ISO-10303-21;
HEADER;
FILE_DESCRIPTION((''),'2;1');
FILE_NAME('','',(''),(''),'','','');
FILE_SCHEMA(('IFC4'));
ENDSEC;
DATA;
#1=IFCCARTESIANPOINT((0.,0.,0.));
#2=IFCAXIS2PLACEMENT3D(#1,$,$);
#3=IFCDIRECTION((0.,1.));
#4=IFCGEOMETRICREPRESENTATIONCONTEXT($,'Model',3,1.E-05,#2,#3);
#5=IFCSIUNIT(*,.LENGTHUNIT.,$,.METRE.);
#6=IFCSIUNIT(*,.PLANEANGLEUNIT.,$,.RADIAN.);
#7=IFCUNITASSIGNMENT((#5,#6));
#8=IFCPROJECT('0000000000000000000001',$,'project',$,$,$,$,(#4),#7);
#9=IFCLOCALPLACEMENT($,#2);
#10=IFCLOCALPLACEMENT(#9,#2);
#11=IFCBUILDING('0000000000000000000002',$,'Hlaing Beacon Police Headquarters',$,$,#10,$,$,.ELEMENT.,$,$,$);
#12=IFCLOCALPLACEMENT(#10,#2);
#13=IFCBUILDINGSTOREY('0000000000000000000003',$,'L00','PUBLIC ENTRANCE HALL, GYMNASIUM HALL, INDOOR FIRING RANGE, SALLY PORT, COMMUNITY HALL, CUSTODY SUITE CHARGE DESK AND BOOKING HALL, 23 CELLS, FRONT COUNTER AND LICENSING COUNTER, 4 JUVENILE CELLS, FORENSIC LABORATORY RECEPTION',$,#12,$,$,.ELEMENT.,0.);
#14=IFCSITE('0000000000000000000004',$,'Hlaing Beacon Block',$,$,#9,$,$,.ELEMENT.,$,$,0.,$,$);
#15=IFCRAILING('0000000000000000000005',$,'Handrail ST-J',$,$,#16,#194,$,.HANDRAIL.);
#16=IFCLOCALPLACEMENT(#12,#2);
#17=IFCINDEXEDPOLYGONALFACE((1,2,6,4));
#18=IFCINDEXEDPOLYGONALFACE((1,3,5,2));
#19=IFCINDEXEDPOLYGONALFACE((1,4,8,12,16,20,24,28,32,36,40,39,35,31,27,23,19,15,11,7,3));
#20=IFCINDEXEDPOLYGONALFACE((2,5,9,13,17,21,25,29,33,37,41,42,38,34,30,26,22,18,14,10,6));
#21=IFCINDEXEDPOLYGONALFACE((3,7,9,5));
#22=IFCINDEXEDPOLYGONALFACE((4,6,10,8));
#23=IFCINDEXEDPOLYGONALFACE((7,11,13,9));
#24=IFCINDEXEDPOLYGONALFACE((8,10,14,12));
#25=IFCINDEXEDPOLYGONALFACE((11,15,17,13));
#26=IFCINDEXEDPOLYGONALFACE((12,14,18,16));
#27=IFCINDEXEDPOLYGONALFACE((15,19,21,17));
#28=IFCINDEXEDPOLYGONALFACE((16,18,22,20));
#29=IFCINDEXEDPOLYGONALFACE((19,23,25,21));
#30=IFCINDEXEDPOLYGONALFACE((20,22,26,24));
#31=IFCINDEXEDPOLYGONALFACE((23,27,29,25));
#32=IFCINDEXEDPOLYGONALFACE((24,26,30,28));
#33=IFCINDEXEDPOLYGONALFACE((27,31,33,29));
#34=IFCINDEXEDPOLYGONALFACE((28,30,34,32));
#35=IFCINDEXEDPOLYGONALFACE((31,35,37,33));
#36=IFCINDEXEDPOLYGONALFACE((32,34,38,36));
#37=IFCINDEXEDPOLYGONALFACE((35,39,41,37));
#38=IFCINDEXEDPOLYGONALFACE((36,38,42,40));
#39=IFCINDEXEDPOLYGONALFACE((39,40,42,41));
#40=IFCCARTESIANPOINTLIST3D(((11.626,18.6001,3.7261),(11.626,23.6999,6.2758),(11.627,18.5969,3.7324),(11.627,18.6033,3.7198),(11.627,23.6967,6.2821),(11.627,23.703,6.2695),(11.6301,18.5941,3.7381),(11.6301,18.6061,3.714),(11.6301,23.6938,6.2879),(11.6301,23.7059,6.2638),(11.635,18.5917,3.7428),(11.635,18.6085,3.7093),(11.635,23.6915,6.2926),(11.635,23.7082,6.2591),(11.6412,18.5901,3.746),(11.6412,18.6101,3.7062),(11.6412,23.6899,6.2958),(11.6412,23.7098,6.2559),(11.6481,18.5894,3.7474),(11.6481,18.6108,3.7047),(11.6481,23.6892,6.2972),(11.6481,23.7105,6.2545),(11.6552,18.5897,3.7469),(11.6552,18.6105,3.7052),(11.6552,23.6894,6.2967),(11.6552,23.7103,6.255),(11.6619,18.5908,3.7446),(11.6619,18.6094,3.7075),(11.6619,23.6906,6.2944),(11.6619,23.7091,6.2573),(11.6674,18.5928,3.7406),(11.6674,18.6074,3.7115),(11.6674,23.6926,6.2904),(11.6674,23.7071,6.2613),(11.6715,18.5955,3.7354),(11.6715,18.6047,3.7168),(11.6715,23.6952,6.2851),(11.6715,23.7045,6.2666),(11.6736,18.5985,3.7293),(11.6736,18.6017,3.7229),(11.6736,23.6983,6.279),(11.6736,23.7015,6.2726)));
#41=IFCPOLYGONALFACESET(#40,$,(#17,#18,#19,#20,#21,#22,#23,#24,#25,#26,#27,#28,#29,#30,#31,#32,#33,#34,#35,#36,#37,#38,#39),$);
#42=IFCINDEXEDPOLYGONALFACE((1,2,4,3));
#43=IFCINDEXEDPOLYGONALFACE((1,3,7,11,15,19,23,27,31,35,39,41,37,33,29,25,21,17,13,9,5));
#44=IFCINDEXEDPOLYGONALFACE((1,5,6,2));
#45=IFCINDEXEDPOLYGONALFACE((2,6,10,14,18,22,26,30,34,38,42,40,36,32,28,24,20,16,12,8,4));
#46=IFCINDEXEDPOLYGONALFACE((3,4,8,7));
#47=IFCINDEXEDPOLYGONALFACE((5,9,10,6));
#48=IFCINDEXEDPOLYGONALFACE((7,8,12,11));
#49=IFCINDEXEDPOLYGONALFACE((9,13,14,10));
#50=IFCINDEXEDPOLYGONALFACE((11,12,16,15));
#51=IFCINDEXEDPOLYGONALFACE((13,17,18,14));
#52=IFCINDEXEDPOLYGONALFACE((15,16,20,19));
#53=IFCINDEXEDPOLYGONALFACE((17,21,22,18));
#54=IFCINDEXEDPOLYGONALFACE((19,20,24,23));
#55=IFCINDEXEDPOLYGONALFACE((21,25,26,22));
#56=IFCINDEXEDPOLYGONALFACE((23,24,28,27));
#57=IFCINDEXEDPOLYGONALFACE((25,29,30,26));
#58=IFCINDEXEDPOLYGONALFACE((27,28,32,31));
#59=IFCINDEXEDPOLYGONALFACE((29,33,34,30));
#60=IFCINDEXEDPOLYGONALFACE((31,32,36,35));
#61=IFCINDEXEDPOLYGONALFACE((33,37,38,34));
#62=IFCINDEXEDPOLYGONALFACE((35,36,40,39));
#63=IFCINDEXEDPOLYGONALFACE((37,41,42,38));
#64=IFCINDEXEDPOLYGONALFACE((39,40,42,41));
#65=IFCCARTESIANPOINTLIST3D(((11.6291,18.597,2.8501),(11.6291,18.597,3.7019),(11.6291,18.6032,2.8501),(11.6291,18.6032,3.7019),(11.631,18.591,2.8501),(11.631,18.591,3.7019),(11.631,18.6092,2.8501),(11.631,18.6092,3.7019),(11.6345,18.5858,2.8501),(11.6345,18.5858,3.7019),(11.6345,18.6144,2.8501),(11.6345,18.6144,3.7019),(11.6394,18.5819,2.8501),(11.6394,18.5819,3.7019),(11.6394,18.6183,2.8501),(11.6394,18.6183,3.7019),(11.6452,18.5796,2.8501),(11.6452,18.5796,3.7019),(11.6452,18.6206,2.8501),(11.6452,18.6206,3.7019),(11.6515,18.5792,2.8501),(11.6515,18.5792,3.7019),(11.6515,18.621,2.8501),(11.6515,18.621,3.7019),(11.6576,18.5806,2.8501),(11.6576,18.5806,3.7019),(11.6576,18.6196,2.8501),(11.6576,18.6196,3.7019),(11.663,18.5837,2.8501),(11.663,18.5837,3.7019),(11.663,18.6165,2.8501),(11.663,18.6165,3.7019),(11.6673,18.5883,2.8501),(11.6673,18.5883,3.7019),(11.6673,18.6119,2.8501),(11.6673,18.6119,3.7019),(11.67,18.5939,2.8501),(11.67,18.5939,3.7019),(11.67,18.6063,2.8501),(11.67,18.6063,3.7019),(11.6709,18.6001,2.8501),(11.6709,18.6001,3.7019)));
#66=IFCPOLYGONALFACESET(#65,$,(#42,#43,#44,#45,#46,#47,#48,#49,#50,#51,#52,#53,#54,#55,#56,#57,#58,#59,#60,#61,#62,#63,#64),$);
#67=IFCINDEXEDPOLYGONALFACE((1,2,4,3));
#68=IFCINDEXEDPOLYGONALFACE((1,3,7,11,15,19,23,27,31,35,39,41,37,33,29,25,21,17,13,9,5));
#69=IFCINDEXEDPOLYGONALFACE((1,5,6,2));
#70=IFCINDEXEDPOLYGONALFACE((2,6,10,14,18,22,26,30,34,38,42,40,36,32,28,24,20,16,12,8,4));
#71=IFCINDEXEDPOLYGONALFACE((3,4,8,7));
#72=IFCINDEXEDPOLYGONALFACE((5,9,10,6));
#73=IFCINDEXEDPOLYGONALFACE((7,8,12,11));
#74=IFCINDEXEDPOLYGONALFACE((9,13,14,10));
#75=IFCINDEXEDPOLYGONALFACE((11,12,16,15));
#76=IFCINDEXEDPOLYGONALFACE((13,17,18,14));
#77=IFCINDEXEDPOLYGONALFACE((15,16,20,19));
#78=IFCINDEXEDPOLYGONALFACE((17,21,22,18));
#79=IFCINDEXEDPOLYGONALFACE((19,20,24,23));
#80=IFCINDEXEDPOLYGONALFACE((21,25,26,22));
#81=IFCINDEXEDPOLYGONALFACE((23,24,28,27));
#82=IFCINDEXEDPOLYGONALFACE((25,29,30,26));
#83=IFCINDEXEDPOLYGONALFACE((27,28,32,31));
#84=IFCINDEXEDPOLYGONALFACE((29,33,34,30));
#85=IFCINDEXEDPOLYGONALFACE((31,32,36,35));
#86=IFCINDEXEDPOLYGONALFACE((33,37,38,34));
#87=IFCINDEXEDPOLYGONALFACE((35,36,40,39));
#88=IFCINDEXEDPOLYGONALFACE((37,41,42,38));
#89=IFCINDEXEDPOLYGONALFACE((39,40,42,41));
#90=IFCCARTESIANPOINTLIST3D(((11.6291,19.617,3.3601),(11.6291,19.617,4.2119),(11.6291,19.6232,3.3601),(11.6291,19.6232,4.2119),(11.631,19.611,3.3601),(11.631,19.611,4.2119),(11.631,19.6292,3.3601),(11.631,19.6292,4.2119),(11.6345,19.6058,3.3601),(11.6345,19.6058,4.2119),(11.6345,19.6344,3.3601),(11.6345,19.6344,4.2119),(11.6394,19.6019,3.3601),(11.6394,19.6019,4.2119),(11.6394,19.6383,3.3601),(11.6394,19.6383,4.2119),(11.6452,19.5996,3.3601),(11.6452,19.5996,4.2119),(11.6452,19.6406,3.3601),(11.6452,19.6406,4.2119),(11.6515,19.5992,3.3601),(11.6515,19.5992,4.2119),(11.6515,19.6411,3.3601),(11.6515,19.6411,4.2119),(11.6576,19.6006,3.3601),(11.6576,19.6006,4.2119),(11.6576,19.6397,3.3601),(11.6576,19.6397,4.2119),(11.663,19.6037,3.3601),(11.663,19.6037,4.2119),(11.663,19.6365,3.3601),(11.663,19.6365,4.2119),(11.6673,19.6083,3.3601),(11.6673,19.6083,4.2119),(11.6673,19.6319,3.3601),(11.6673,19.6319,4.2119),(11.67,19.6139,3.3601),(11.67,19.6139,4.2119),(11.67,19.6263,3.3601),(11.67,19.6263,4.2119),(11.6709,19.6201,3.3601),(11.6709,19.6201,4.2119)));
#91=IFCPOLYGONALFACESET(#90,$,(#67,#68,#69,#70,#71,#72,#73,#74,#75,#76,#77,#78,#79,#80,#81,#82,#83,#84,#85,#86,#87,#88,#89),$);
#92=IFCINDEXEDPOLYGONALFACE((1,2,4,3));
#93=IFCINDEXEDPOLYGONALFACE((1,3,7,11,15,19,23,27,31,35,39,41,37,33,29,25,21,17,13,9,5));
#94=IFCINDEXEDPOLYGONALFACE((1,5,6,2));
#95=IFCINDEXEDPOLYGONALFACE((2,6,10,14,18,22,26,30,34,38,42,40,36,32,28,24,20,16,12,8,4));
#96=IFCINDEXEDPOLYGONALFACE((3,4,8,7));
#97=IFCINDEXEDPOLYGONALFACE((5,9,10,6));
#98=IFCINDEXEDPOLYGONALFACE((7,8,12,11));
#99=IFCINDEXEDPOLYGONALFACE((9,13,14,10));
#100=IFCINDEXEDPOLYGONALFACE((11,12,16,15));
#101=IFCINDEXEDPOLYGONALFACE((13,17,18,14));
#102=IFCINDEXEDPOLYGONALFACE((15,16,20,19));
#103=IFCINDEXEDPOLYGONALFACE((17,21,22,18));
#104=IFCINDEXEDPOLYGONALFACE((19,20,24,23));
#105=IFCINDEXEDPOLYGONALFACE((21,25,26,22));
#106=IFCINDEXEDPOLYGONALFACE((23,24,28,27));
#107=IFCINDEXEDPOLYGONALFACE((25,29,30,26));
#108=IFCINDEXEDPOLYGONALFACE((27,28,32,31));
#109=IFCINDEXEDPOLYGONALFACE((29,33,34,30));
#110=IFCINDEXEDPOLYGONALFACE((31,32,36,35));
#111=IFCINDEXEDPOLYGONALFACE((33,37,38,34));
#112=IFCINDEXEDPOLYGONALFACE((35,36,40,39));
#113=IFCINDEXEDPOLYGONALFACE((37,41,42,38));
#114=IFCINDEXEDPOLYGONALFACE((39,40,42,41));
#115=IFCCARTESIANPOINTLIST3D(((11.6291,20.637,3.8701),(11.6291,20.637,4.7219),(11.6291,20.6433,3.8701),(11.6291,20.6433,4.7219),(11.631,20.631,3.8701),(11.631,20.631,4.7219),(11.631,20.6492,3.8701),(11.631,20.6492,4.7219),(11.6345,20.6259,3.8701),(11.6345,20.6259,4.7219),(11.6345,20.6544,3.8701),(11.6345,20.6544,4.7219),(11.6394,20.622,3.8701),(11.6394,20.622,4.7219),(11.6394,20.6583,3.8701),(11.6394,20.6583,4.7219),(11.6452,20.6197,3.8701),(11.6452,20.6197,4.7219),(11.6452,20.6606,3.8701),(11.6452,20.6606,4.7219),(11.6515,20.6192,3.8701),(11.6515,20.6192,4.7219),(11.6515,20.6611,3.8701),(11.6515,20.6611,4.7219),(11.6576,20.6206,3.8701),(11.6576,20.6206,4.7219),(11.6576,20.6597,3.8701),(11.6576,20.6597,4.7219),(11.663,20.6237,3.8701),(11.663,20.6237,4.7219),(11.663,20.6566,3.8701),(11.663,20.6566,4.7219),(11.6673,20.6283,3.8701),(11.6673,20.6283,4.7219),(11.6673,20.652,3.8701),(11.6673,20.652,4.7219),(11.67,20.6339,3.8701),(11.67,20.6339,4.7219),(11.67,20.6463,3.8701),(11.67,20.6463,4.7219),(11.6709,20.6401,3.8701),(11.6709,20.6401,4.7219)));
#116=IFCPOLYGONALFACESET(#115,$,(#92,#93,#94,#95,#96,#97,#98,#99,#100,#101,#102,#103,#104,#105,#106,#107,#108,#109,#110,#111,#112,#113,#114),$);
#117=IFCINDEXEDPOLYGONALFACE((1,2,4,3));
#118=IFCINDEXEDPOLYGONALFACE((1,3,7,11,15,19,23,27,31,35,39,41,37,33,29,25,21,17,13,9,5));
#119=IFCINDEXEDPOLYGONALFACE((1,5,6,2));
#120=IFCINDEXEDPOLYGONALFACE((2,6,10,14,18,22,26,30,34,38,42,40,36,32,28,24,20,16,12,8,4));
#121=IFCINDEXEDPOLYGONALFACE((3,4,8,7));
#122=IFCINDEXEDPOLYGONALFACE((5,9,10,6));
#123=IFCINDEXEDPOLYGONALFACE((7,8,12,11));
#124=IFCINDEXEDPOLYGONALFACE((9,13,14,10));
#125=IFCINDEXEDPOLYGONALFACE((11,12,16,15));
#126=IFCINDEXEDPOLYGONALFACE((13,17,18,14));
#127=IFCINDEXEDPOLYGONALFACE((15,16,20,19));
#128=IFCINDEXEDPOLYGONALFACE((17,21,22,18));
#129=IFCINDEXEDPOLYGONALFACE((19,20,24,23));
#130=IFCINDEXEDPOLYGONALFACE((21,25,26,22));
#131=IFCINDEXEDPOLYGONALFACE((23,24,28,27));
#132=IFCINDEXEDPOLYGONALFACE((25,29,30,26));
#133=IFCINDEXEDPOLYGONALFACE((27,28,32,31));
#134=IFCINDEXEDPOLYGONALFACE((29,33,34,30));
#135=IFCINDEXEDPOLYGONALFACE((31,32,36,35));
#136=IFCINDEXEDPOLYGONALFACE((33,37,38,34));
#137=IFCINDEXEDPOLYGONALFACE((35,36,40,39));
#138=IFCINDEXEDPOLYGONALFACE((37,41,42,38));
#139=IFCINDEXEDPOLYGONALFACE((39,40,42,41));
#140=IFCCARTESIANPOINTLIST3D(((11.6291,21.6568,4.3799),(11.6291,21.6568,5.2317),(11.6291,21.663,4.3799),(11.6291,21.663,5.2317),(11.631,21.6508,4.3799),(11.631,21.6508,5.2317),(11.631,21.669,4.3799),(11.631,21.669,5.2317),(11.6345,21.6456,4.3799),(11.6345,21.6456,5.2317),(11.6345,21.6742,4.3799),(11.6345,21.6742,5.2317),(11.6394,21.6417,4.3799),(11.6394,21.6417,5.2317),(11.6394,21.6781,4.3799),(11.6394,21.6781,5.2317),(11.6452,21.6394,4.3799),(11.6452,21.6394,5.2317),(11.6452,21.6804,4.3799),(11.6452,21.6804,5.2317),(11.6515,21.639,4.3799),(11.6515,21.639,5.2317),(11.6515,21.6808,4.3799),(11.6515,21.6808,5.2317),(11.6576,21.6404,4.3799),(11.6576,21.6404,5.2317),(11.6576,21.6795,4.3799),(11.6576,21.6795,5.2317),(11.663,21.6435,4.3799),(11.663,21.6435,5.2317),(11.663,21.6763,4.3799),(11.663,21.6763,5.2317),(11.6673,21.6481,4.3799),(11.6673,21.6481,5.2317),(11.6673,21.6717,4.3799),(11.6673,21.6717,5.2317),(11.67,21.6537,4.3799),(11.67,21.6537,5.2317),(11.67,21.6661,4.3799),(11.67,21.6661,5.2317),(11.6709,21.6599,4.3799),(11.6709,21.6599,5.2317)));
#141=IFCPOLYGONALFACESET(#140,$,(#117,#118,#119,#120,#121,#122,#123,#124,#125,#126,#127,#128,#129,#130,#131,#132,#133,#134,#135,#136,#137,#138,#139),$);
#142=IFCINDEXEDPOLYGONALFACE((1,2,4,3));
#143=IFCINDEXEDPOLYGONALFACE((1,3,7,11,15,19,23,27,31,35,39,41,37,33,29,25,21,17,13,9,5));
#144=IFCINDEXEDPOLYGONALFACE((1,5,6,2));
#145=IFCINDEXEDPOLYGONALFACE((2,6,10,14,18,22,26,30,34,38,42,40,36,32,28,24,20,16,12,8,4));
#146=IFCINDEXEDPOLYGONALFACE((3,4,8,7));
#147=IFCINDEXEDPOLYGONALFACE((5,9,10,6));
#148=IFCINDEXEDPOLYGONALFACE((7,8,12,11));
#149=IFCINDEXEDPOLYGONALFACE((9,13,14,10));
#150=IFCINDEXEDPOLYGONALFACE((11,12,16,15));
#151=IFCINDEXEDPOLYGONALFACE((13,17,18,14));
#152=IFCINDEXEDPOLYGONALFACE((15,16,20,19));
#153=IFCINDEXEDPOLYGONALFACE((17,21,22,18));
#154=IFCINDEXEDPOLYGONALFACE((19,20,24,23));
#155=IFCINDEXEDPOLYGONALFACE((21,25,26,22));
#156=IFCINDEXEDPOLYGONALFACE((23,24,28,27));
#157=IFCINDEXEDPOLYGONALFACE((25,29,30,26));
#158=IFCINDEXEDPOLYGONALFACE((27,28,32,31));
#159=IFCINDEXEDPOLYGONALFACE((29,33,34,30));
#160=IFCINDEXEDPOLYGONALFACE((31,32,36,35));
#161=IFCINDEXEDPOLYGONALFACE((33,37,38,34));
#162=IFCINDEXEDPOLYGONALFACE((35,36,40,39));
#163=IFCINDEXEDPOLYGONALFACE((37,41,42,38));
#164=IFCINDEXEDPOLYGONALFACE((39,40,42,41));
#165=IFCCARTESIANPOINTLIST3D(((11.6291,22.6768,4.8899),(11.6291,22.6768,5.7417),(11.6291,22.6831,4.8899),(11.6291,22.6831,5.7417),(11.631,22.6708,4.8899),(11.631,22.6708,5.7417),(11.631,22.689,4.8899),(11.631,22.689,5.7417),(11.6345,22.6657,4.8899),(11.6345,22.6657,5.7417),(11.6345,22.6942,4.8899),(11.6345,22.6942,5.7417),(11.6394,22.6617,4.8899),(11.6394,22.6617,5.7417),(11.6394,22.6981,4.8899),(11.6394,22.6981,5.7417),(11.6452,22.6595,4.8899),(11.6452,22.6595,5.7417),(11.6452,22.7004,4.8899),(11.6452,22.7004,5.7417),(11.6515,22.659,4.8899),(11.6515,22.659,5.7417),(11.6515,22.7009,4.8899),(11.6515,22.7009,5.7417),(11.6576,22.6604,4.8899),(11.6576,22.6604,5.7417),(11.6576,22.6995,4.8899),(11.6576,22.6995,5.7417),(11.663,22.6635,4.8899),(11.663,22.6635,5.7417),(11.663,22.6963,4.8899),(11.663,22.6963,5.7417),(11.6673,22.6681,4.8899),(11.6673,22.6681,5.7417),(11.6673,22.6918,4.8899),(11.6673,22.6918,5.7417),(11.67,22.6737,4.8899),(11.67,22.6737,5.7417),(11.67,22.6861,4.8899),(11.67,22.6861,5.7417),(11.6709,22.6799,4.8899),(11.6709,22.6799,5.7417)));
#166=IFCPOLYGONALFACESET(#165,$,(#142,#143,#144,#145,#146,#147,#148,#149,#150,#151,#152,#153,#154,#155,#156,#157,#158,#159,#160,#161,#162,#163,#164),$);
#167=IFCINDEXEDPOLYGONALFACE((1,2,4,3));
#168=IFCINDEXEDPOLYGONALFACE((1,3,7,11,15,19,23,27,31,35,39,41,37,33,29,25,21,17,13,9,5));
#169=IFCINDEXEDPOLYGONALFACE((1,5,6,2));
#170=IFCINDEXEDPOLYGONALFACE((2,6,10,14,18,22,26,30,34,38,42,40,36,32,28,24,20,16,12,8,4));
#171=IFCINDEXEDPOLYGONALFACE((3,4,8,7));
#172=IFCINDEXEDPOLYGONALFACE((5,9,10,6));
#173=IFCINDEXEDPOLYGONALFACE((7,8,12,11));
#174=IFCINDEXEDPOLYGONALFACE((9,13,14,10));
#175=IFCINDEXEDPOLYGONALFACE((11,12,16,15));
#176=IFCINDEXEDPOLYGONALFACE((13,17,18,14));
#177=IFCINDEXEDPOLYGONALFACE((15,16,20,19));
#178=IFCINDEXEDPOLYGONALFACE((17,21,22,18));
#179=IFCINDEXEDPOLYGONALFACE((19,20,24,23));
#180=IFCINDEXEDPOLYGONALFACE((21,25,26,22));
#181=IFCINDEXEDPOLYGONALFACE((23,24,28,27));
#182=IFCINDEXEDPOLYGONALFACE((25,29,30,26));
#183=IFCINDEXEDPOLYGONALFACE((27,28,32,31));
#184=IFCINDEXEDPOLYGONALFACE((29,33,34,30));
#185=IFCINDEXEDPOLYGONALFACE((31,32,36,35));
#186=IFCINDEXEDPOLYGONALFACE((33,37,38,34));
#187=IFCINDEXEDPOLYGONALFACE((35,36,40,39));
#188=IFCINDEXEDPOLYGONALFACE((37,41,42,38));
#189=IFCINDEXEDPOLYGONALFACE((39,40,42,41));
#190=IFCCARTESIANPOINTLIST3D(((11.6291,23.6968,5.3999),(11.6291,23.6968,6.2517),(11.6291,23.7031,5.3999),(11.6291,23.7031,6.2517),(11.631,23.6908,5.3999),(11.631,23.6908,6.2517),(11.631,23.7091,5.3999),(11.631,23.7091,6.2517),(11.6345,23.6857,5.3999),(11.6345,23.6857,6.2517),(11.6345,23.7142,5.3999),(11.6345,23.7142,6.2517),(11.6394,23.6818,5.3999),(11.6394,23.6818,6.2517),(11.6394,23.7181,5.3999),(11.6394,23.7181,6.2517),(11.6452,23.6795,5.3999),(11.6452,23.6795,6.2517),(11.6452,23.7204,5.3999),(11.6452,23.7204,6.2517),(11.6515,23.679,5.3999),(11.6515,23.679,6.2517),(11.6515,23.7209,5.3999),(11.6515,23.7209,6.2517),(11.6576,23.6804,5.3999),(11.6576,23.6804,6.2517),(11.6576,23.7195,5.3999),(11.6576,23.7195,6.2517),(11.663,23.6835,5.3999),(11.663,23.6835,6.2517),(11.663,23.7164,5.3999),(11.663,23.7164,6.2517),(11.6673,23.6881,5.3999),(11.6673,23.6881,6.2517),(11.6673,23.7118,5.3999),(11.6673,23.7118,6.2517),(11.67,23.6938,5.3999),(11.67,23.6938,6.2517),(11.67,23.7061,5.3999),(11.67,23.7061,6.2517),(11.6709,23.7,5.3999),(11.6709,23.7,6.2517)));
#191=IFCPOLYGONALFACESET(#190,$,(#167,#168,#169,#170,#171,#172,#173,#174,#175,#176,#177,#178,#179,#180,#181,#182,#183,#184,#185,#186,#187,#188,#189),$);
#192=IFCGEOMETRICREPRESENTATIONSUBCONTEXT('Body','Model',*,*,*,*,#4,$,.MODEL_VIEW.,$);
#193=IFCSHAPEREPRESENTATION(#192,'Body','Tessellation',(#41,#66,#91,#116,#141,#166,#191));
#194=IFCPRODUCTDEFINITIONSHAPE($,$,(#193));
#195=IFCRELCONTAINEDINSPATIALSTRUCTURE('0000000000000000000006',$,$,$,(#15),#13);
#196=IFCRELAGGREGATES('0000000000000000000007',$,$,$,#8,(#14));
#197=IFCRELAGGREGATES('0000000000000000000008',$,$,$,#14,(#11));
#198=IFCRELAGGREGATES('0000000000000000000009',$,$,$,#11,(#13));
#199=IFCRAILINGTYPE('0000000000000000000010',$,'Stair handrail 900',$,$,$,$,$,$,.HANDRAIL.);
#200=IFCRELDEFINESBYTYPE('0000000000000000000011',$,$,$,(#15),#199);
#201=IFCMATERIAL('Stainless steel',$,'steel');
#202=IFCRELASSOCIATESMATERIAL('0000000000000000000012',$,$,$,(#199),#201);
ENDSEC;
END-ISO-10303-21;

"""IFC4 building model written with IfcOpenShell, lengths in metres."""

from ifc_helpers import new_model, si_unit, direction, frame, origin, origin_2d, place, context, subcontext, project, spatial, circle, extrude, material, type_object, element, save


model = new_model("IFC4")

# Units and contexts
model_context = context("Model", 3, precision=1e-05, world=origin(), true_north=direction((0.0, 1.0)))
body_context = subcontext(model_context, "Body", "Model", "MODEL_VIEW")
ifc_project = project(units=[si_unit("LENGTHUNIT", "METRE"), si_unit("PLANEANGLEUNIT", "RADIAN")], contexts=[model_context])

# Site, building, storey
site_placement = place(None, origin())
site = spatial("IfcSite", under=ifc_project, at=site_placement, Name="Hlaing Beacon Block", CompositionType="ELEMENT", RefElevation=0.0)
building_placement = place(site_placement, origin())
building = spatial("IfcBuilding", under=site, at=building_placement, Name="Hlaing Beacon Police Headquarters", CompositionType="ELEMENT")
storey_placement = place(building_placement, origin())
storey = spatial("IfcBuildingStorey", under=building, at=storey_placement, Name="L00", Description="PUBLIC ENTRANCE HALL, GYMNASIUM HALL, INDOOR FIRING RANGE, SALLY PORT, COMMUNITY HALL, CUSTODY SUITE CHARGE DESK AND BOOKING HALL, 23 CELLS, FRONT COUNTER AND LICENSING COUNTER, 4 JUVENILE CELLS, FORENSIC LABORATORY RECEPTION", CompositionType="ELEMENT", Elevation=0.0)

# Railing
ifc_material_1 = material(Name="Stainless steel", Category="steel")
railing_type_1 = type_object("IfcRailingType", Name="Stair handrail 900", PredefinedType="HANDRAIL", material=ifc_material_1)
railing_1_placement = place(storey_placement, frame((11.6499, 18.6001, 2.8501)))
element("IfcRailing", 1, at=railing_1_placement, inside=storey, type_object=railing_type_1, Name="Handrail ST-J", PredefinedType="HANDRAIL", context=body_context, shape_type="SweptSolid", body=[
    extrude(circle(Radius=0.0239, at=origin_2d()), frame((0.0, 0.0, 0.876), z_axis=(0.0, 0.894436, 0.447196), x_axis=(-1.0, 0.0, 0.0)), (0.0, 0.0, 1.0), 5.7017),
    extrude(circle(Radius=0.021, at=origin_2d()), origin(), (0.0, 0.0, 1.0), 0.8518),
    extrude(circle(Radius=0.021, at=origin_2d()), frame((0.0, 1.02, 0.51)), (0.0, 0.0, 1.0), 0.8518),
    extrude(circle(Radius=0.021, at=origin_2d()), frame((0.0, 2.04, 1.02)), (0.0, 0.0, 1.0), 0.8518),
    extrude(circle(Radius=0.021, at=origin_2d()), frame((0.0, 3.0598, 1.5298)), (0.0, 0.0, 1.0), 0.8518),
    extrude(circle(Radius=0.021, at=origin_2d()), frame((0.0, 4.0798, 2.0398)), (0.0, 0.0, 1.0), 0.8518),
    extrude(circle(Radius=0.021, at=origin_2d()), frame((0.0, 5.0999, 2.5498)), (0.0, 0.0, 1.0), 0.8518),
])

save(model, "model.ifc")
